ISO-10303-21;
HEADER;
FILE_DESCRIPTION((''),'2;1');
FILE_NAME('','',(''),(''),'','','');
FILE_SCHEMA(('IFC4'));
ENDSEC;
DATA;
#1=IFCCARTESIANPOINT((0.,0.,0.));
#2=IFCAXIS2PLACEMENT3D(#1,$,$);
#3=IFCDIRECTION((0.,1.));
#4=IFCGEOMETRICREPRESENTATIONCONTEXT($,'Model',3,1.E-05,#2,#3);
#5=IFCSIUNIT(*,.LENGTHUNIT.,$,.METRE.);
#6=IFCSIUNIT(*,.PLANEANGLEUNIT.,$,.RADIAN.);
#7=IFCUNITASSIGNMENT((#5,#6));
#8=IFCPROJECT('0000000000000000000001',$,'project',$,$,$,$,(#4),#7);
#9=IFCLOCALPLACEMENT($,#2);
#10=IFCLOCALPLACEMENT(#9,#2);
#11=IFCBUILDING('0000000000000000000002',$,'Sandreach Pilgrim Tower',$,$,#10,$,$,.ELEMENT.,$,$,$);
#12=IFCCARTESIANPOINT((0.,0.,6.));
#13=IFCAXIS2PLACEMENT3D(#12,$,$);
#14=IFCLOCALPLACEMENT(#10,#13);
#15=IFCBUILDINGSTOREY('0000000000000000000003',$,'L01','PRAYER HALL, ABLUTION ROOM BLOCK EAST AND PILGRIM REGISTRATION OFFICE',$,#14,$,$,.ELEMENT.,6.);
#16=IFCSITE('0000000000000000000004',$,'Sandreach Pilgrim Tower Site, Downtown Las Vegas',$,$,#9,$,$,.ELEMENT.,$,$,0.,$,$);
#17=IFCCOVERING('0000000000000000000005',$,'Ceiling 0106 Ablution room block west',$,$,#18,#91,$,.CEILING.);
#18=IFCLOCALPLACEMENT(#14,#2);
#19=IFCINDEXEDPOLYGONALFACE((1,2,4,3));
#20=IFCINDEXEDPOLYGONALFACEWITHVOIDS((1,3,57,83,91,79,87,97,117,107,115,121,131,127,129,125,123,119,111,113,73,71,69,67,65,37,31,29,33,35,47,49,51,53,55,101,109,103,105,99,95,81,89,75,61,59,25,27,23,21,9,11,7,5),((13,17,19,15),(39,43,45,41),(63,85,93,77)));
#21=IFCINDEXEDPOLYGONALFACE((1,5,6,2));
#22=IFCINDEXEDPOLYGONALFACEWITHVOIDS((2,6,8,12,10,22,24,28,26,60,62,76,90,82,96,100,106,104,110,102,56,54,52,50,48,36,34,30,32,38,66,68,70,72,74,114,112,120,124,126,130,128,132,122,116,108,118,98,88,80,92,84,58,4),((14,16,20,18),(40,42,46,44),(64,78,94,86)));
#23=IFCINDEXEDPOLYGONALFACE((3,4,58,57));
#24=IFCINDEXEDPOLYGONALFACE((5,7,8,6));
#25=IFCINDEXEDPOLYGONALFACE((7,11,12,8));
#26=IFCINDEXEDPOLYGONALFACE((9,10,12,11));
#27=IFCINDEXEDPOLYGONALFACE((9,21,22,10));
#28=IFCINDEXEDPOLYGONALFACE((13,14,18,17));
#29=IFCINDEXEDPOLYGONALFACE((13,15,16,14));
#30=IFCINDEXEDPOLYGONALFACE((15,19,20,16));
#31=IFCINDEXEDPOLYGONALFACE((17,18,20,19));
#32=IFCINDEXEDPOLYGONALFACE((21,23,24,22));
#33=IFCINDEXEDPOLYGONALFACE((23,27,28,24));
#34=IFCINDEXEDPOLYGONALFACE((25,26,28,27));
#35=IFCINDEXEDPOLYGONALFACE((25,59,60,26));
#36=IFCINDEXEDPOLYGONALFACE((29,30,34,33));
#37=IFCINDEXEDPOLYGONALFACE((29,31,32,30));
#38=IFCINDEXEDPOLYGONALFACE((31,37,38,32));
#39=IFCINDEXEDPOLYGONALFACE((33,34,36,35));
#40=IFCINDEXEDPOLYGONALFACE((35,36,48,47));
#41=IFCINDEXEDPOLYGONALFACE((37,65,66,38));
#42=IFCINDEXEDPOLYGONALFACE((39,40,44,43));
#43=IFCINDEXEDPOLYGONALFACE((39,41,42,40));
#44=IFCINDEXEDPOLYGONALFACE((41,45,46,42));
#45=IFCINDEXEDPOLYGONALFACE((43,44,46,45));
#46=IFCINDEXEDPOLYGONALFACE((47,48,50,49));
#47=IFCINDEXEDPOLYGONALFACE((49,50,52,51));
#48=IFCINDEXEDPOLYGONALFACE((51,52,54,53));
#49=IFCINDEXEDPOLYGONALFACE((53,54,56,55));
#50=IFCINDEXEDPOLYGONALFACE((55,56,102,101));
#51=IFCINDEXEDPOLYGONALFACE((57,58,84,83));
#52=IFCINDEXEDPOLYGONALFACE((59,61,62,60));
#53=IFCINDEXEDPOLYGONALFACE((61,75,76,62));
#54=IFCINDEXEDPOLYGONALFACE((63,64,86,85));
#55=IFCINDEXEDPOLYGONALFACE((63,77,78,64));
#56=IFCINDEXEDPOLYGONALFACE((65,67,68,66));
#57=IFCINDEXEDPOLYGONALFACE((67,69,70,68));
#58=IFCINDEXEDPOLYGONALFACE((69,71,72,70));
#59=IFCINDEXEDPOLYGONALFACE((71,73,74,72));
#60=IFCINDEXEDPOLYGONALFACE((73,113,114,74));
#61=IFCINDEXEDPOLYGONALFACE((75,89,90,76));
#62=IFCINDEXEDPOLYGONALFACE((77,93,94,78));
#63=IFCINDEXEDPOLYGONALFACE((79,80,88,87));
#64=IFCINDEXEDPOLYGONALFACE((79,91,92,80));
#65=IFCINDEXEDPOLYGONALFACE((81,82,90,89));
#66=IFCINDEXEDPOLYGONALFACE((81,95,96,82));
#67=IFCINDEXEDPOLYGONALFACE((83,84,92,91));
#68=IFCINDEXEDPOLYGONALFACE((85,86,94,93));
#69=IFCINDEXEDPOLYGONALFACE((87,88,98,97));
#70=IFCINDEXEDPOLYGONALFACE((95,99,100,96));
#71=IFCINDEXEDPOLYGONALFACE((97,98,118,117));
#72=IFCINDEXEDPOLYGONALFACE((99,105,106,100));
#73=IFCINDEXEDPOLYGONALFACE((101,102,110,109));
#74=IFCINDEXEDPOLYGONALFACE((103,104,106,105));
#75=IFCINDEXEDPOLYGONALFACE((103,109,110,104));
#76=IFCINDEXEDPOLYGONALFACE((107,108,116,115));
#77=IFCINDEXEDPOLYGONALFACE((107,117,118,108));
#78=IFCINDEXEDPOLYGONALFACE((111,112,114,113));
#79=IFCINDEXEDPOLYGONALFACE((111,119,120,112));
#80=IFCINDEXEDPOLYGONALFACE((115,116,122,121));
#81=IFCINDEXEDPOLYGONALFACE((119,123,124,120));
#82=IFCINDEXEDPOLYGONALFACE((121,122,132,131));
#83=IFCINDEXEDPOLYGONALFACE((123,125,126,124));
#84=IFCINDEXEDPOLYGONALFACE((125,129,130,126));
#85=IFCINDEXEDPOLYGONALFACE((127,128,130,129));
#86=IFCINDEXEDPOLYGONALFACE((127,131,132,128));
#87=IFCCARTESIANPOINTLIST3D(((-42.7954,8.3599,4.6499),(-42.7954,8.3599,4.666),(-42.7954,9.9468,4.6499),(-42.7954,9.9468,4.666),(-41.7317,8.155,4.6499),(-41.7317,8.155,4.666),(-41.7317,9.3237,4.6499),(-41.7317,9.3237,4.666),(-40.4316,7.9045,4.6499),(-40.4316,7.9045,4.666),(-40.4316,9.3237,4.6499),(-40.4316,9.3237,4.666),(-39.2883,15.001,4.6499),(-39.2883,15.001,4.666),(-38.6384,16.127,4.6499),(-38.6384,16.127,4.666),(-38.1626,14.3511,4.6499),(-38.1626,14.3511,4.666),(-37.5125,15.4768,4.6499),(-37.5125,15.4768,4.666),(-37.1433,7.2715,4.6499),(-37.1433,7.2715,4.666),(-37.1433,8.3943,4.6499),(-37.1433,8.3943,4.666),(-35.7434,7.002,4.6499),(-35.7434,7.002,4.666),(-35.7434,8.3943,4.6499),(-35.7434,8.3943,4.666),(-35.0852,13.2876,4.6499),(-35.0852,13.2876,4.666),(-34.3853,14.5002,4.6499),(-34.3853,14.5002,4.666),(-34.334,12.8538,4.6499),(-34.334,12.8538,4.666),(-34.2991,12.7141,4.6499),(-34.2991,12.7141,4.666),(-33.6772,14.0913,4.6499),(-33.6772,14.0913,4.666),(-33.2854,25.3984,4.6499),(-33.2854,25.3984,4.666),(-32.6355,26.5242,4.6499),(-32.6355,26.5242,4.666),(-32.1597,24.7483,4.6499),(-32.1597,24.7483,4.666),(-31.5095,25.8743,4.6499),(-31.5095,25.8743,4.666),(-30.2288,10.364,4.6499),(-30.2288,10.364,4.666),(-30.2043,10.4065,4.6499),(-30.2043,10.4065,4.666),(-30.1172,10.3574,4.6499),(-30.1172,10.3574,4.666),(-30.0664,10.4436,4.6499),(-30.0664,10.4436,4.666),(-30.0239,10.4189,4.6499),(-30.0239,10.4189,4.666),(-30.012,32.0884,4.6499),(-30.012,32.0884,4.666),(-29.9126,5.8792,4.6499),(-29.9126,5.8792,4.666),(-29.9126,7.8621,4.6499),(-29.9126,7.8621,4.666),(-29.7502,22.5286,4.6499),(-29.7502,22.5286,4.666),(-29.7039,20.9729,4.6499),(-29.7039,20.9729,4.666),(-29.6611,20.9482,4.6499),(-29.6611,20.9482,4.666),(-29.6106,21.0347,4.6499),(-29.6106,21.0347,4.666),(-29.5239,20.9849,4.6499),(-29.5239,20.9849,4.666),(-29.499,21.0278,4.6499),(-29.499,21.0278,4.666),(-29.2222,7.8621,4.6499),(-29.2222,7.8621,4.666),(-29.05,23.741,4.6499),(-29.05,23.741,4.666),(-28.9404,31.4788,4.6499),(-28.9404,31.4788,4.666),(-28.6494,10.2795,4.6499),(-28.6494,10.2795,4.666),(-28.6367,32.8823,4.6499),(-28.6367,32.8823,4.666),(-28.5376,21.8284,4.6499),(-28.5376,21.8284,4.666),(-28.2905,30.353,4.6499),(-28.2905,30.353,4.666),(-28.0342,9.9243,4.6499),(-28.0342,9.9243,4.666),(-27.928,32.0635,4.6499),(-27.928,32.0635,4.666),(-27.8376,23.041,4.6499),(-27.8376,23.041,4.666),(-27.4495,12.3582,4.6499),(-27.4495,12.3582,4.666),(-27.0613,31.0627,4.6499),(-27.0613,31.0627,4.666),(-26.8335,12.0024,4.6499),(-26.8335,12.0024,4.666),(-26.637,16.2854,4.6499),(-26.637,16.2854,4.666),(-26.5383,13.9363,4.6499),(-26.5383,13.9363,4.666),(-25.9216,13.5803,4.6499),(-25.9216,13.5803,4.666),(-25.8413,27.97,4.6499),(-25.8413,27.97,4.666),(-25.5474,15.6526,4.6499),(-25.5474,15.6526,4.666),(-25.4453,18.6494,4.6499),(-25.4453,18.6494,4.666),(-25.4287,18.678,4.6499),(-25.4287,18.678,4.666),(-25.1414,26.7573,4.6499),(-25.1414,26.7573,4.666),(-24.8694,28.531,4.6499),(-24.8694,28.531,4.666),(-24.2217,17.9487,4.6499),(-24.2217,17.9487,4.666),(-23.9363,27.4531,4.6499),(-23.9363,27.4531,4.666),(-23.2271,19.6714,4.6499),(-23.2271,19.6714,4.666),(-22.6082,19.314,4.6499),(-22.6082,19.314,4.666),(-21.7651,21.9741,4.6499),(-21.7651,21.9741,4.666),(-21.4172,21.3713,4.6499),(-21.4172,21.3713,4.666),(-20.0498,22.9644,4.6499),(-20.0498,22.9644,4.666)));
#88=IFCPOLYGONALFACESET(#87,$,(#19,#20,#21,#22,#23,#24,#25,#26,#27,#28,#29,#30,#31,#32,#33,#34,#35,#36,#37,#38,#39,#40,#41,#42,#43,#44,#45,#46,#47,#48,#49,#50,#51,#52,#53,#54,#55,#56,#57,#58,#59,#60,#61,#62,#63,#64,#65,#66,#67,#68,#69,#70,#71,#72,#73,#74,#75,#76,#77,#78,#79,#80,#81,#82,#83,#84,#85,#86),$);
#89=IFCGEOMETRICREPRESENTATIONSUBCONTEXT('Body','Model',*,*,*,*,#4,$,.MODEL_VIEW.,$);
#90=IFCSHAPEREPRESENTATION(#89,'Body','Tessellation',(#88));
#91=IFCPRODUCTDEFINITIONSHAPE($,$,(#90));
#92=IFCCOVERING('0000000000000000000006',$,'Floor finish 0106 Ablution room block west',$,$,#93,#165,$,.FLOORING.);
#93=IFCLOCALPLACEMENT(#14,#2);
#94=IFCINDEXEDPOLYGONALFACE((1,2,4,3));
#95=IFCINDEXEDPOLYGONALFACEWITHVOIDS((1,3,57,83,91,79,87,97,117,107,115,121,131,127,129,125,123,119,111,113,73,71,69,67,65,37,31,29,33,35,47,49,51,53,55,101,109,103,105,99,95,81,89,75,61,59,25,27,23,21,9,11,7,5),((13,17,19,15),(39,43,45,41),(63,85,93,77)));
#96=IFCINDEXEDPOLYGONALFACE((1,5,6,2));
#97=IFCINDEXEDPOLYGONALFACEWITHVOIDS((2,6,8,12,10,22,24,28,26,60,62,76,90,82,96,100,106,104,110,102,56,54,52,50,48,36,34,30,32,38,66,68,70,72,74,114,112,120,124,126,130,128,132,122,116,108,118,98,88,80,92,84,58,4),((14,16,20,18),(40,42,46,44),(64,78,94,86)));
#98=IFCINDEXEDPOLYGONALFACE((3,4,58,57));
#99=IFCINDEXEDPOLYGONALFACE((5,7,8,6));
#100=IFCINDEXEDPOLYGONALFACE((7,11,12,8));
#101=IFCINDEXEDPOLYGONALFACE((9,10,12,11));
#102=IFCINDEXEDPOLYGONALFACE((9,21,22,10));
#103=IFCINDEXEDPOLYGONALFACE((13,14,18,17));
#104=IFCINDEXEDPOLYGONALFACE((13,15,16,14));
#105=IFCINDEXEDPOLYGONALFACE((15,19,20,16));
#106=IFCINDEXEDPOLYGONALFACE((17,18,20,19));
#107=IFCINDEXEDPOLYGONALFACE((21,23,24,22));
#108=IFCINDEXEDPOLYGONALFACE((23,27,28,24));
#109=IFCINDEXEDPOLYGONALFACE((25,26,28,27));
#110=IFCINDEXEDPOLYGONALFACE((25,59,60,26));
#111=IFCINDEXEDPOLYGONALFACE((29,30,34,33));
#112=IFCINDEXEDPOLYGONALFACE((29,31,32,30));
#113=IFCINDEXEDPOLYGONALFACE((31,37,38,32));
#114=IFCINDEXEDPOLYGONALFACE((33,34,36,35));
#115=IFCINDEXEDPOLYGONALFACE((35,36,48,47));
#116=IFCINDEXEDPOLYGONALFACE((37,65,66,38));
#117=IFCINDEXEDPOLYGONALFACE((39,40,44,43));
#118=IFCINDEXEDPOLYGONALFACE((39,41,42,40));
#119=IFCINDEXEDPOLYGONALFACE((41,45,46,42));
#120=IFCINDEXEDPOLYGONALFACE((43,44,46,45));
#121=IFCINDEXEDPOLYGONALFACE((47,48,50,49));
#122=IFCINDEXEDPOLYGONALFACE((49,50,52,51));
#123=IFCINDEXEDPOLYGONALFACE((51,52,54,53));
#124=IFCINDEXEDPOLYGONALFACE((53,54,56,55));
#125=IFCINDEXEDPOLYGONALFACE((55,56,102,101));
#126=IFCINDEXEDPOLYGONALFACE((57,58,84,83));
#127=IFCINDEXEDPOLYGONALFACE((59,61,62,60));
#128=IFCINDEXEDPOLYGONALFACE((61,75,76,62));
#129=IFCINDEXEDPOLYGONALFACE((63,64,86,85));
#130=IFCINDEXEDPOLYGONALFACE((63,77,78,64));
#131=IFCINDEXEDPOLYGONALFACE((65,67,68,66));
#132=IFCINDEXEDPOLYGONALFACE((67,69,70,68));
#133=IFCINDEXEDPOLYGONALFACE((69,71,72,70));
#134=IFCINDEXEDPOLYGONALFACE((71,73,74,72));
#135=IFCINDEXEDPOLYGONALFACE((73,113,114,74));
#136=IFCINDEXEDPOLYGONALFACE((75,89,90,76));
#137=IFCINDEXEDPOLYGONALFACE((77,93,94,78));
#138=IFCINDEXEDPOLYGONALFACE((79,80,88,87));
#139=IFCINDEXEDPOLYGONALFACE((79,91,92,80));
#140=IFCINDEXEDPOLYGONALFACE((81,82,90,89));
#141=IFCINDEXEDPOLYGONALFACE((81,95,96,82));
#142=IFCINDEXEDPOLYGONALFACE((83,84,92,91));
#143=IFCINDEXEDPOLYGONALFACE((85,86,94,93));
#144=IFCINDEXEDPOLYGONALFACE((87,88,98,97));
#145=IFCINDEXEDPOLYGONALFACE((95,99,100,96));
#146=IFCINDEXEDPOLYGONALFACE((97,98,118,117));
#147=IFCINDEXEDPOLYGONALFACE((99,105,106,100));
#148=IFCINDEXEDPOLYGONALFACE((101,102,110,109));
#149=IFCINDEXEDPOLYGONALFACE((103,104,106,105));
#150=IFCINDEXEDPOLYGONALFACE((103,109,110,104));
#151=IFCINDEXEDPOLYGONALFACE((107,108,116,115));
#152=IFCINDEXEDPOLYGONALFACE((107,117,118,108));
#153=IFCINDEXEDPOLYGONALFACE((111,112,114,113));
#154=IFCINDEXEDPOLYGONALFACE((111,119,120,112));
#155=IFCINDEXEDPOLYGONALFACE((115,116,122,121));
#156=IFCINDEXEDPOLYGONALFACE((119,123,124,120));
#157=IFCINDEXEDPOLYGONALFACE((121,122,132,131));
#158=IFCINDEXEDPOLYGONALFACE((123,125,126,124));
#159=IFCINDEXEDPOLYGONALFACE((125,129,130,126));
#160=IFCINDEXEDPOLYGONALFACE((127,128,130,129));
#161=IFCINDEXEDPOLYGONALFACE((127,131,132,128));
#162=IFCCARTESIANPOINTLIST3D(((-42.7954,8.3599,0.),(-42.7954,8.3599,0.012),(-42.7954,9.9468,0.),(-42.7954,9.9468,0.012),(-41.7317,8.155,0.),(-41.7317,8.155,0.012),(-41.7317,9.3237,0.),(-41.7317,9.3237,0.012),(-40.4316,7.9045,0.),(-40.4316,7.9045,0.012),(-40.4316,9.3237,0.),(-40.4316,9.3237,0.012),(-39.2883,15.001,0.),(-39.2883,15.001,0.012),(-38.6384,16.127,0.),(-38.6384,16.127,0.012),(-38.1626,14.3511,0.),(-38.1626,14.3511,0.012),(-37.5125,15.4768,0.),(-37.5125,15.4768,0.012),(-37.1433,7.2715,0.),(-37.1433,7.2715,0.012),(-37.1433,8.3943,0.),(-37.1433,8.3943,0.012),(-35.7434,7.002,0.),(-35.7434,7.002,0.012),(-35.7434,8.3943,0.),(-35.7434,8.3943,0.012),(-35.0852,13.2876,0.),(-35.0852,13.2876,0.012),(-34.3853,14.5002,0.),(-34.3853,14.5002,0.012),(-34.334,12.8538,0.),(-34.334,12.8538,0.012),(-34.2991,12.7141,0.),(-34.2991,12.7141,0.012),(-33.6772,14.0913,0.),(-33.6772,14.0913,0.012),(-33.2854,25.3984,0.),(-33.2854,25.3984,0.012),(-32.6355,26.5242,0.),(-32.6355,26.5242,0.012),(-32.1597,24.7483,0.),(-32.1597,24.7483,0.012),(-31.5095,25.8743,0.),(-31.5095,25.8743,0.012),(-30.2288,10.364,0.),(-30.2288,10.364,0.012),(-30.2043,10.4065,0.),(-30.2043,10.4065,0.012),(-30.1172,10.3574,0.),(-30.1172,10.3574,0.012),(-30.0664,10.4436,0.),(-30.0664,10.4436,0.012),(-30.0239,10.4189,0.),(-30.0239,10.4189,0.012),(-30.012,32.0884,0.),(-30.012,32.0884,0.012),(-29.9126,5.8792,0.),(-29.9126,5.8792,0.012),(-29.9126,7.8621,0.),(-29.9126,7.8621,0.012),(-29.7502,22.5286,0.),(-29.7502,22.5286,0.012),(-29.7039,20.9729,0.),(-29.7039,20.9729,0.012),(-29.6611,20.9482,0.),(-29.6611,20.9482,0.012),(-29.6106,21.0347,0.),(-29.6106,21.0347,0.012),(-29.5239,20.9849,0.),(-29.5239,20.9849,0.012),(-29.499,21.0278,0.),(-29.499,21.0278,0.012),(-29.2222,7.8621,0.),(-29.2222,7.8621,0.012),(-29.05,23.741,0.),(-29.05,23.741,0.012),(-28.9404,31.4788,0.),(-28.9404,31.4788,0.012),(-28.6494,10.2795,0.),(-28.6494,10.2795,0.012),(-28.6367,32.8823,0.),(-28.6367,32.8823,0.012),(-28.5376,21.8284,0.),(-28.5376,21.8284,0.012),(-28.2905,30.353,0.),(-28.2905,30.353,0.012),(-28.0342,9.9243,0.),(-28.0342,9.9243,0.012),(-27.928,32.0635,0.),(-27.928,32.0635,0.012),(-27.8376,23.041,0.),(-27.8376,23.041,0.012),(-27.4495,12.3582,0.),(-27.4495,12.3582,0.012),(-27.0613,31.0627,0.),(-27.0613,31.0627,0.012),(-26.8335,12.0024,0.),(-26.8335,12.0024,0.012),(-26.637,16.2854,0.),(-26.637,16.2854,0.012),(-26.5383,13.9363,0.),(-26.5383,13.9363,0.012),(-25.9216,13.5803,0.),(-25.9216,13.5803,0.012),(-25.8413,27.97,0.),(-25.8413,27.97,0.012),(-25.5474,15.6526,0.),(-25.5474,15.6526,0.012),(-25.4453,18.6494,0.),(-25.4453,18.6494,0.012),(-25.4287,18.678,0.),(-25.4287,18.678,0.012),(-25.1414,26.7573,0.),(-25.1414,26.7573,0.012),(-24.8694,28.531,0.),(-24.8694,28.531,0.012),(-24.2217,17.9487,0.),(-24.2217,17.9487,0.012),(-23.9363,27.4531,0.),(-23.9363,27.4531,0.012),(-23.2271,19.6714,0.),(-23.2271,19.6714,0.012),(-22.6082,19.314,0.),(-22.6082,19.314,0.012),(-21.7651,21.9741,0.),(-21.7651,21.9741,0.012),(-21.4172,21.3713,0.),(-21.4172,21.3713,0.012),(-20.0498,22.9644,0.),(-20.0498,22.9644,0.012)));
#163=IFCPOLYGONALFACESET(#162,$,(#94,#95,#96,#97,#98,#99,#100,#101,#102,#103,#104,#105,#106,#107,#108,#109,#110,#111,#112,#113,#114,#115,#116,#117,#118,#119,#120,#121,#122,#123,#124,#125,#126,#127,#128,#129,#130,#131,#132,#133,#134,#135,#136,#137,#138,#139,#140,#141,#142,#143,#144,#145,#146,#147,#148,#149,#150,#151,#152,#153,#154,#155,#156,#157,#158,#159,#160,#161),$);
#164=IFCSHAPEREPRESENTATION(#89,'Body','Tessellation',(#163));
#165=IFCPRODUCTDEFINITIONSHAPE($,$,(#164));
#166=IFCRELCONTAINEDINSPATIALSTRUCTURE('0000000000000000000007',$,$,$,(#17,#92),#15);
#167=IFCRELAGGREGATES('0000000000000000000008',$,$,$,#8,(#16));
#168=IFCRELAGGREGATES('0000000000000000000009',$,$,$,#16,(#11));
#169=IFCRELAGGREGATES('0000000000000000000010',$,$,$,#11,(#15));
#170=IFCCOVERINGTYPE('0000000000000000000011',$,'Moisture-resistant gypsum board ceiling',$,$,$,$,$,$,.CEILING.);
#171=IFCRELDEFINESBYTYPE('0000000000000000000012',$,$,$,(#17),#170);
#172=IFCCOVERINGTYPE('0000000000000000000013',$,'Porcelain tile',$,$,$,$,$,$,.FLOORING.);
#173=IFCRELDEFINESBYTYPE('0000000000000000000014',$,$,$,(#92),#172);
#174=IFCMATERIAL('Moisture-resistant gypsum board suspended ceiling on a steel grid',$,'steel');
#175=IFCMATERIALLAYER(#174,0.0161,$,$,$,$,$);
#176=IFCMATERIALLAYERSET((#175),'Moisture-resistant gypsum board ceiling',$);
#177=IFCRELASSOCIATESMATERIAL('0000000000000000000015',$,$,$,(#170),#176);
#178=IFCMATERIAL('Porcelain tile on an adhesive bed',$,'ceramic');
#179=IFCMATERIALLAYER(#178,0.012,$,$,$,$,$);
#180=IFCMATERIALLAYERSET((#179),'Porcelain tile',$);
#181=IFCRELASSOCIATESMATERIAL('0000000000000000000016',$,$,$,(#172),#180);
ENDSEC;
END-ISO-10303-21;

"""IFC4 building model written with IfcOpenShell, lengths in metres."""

from ifc_helpers import new_model, si_unit, direction, frame, origin, place, context, subcontext, project, spatial, polyline, outline, extrude, material, layer, layer_set, type_object, element, save


model = new_model("IFC4")

# Units and contexts
model_context = context("Model", 3, precision=1e-05, world=origin(), true_north=direction((0.0, 1.0)))
body_context = subcontext(model_context, "Body", "Model", "MODEL_VIEW")
ifc_project = project(units=[si_unit("LENGTHUNIT", "METRE"), si_unit("PLANEANGLEUNIT", "RADIAN")], contexts=[model_context])

# Site, building, storey
site_placement = place(None, origin())
site = spatial("IfcSite", under=ifc_project, at=site_placement, Name="Sandreach Pilgrim Tower Site, Downtown Las Vegas", CompositionType="ELEMENT", RefElevation=0.0)
building_placement = place(site_placement, origin())
building = spatial("IfcBuilding", under=site, at=building_placement, Name="Sandreach Pilgrim Tower", CompositionType="ELEMENT")
storey_placement = place(building_placement, frame((0.0, 0.0, 6.0)))
storey = spatial("IfcBuildingStorey", under=building, at=storey_placement, Name="L01", Description="PRAYER HALL, ABLUTION ROOM BLOCK EAST AND PILGRIM REGISTRATION OFFICE", CompositionType="ELEMENT", Elevation=6.0)

# Coverings
ifc_material_1 = material(Name="Moisture-resistant gypsum board suspended ceiling on a steel grid", Category="steel")
ifc_layer_1 = layer(ifc_material_1, 0.0161)
ifc_layer_set_1 = layer_set([ifc_layer_1], Name="Moisture-resistant gypsum board ceiling")
covering_type_1 = type_object("IfcCoveringType", Name="Moisture-resistant gypsum board ceiling", PredefinedType="CEILING", material=ifc_layer_set_1)
covering_1_placement = place(storey_placement, frame((0.0, 0.0, 4.6499)))
element("IfcCovering", 1, at=covering_1_placement, inside=storey, type_object=covering_type_1, Name="Ceiling 0106 Ablution room block west", PredefinedType="CEILING", context=body_context, shape_type="SweptSolid", body=[
    extrude(outline(polyline([(-30.012, 32.0884), (-28.6367, 32.8823), (-27.928, 32.0635), (-28.9404, 31.4788), (-28.2905, 30.353), (-27.0613, 31.0627), (-24.8694, 28.531), (-25.8413, 27.97), (-25.1414, 26.7573), (-23.9363, 27.4531), (-20.0498, 22.9644), (-21.7651, 21.9741), (-21.4172, 21.3713), (-22.6082, 19.314), (-23.2271, 19.6714), (-24.2217, 17.9487), (-25.4453, 18.6494), (-25.4287, 18.678), (-29.499, 21.0278), (-29.5239, 20.9849), (-29.6106, 21.0347), (-29.6611, 20.9482), (-29.7039, 20.9729), (-33.6772, 14.0913), (-34.3853, 14.5002), (-35.0852, 13.2876), (-34.334, 12.8538), (-34.2991, 12.7141), (-30.2288, 10.364), (-30.2043, 10.4065), (-30.1172, 10.3574), (-30.0664, 10.4436), (-30.0239, 10.4189), (-26.637, 16.2854), (-25.5474, 15.6526), (-26.5383, 13.9363), (-25.9216, 13.5803), (-26.8335, 12.0024), (-27.4495, 12.3582), (-28.6494, 10.2795), (-28.0342, 9.9243), (-29.2222, 7.8621), (-29.9126, 7.8621), (-29.9126, 5.8792), (-35.7434, 7.002), (-35.7434, 8.3943), (-37.1433, 8.3943), (-37.1433, 7.2715), (-40.4316, 7.9045), (-40.4316, 9.3237), (-41.7317, 9.3237), (-41.7317, 8.155), (-42.7954, 8.3599), (-42.7954, 9.9468), (-30.012, 32.0884)]), holes=[polyline([(-29.7502, 22.5286), (-28.5376, 21.8284), (-27.8376, 23.041), (-29.05, 23.741), (-29.7502, 22.5286)]), polyline([(-32.6355, 26.5242), (-33.2854, 25.3984), (-32.1597, 24.7483), (-31.5095, 25.8743), (-32.6355, 26.5242)]), polyline([(-39.2883, 15.001), (-38.1626, 14.3511), (-37.5125, 15.4768), (-38.6384, 16.127), (-39.2883, 15.001)])]), origin(), (0.0, 0.0, 1.0), 0.0161),
])
ifc_material_2 = material(Name="Porcelain tile on an adhesive bed", Category="ceramic")
ifc_layer_2 = layer(ifc_material_2, 0.012)
ifc_layer_set_2 = layer_set([ifc_layer_2], Name="Porcelain tile")
covering_type_2 = type_object("IfcCoveringType", Name="Porcelain tile", PredefinedType="FLOORING", material=ifc_layer_set_2)
covering_2_placement = place(storey_placement, origin())
element("IfcCovering", 2, at=covering_2_placement, inside=storey, type_object=covering_type_2, Name="Floor finish 0106 Ablution room block west", PredefinedType="FLOORING", context=body_context, shape_type="SweptSolid", body=[
    extrude(outline(polyline([(-30.012, 32.0884), (-28.6367, 32.8823), (-27.928, 32.0635), (-28.9404, 31.4788), (-28.2905, 30.353), (-27.0613, 31.0627), (-24.8694, 28.531), (-25.8413, 27.97), (-25.1414, 26.7573), (-23.9363, 27.4531), (-20.0498, 22.9644), (-21.7651, 21.9741), (-21.4172, 21.3713), (-22.6082, 19.314), (-23.2271, 19.6714), (-24.2217, 17.9487), (-25.4453, 18.6494), (-25.4287, 18.678), (-29.499, 21.0278), (-29.5239, 20.9849), (-29.6106, 21.0347), (-29.6611, 20.9482), (-29.7039, 20.9729), (-33.6772, 14.0913), (-34.3853, 14.5002), (-35.0852, 13.2876), (-34.334, 12.8538), (-34.2991, 12.7141), (-30.2288, 10.364), (-30.2043, 10.4065), (-30.1172, 10.3574), (-30.0664, 10.4436), (-30.0239, 10.4189), (-26.637, 16.2854), (-25.5474, 15.6526), (-26.5383, 13.9363), (-25.9216, 13.5803), (-26.8335, 12.0024), (-27.4495, 12.3582), (-28.6494, 10.2795), (-28.0342, 9.9243), (-29.2222, 7.8621), (-29.9126, 7.8621), (-29.9126, 5.8792), (-35.7434, 7.002), (-35.7434, 8.3943), (-37.1433, 8.3943), (-37.1433, 7.2715), (-40.4316, 7.9045), (-40.4316, 9.3237), (-41.7317, 9.3237), (-41.7317, 8.155), (-42.7954, 8.3599), (-42.7954, 9.9468), (-30.012, 32.0884)]), holes=[polyline([(-29.7502, 22.5286), (-28.5376, 21.8284), (-27.8376, 23.041), (-29.05, 23.741), (-29.7502, 22.5286)]), polyline([(-32.6355, 26.5242), (-33.2854, 25.3984), (-32.1597, 24.7483), (-31.5095, 25.8743), (-32.6355, 26.5242)]), polyline([(-39.2883, 15.001), (-38.1626, 14.3511), (-37.5125, 15.4768), (-38.6384, 16.127), (-39.2883, 15.001)])]), origin(), (0.0, 0.0, 1.0), 0.012),
])

save(model, "model.ifc")
